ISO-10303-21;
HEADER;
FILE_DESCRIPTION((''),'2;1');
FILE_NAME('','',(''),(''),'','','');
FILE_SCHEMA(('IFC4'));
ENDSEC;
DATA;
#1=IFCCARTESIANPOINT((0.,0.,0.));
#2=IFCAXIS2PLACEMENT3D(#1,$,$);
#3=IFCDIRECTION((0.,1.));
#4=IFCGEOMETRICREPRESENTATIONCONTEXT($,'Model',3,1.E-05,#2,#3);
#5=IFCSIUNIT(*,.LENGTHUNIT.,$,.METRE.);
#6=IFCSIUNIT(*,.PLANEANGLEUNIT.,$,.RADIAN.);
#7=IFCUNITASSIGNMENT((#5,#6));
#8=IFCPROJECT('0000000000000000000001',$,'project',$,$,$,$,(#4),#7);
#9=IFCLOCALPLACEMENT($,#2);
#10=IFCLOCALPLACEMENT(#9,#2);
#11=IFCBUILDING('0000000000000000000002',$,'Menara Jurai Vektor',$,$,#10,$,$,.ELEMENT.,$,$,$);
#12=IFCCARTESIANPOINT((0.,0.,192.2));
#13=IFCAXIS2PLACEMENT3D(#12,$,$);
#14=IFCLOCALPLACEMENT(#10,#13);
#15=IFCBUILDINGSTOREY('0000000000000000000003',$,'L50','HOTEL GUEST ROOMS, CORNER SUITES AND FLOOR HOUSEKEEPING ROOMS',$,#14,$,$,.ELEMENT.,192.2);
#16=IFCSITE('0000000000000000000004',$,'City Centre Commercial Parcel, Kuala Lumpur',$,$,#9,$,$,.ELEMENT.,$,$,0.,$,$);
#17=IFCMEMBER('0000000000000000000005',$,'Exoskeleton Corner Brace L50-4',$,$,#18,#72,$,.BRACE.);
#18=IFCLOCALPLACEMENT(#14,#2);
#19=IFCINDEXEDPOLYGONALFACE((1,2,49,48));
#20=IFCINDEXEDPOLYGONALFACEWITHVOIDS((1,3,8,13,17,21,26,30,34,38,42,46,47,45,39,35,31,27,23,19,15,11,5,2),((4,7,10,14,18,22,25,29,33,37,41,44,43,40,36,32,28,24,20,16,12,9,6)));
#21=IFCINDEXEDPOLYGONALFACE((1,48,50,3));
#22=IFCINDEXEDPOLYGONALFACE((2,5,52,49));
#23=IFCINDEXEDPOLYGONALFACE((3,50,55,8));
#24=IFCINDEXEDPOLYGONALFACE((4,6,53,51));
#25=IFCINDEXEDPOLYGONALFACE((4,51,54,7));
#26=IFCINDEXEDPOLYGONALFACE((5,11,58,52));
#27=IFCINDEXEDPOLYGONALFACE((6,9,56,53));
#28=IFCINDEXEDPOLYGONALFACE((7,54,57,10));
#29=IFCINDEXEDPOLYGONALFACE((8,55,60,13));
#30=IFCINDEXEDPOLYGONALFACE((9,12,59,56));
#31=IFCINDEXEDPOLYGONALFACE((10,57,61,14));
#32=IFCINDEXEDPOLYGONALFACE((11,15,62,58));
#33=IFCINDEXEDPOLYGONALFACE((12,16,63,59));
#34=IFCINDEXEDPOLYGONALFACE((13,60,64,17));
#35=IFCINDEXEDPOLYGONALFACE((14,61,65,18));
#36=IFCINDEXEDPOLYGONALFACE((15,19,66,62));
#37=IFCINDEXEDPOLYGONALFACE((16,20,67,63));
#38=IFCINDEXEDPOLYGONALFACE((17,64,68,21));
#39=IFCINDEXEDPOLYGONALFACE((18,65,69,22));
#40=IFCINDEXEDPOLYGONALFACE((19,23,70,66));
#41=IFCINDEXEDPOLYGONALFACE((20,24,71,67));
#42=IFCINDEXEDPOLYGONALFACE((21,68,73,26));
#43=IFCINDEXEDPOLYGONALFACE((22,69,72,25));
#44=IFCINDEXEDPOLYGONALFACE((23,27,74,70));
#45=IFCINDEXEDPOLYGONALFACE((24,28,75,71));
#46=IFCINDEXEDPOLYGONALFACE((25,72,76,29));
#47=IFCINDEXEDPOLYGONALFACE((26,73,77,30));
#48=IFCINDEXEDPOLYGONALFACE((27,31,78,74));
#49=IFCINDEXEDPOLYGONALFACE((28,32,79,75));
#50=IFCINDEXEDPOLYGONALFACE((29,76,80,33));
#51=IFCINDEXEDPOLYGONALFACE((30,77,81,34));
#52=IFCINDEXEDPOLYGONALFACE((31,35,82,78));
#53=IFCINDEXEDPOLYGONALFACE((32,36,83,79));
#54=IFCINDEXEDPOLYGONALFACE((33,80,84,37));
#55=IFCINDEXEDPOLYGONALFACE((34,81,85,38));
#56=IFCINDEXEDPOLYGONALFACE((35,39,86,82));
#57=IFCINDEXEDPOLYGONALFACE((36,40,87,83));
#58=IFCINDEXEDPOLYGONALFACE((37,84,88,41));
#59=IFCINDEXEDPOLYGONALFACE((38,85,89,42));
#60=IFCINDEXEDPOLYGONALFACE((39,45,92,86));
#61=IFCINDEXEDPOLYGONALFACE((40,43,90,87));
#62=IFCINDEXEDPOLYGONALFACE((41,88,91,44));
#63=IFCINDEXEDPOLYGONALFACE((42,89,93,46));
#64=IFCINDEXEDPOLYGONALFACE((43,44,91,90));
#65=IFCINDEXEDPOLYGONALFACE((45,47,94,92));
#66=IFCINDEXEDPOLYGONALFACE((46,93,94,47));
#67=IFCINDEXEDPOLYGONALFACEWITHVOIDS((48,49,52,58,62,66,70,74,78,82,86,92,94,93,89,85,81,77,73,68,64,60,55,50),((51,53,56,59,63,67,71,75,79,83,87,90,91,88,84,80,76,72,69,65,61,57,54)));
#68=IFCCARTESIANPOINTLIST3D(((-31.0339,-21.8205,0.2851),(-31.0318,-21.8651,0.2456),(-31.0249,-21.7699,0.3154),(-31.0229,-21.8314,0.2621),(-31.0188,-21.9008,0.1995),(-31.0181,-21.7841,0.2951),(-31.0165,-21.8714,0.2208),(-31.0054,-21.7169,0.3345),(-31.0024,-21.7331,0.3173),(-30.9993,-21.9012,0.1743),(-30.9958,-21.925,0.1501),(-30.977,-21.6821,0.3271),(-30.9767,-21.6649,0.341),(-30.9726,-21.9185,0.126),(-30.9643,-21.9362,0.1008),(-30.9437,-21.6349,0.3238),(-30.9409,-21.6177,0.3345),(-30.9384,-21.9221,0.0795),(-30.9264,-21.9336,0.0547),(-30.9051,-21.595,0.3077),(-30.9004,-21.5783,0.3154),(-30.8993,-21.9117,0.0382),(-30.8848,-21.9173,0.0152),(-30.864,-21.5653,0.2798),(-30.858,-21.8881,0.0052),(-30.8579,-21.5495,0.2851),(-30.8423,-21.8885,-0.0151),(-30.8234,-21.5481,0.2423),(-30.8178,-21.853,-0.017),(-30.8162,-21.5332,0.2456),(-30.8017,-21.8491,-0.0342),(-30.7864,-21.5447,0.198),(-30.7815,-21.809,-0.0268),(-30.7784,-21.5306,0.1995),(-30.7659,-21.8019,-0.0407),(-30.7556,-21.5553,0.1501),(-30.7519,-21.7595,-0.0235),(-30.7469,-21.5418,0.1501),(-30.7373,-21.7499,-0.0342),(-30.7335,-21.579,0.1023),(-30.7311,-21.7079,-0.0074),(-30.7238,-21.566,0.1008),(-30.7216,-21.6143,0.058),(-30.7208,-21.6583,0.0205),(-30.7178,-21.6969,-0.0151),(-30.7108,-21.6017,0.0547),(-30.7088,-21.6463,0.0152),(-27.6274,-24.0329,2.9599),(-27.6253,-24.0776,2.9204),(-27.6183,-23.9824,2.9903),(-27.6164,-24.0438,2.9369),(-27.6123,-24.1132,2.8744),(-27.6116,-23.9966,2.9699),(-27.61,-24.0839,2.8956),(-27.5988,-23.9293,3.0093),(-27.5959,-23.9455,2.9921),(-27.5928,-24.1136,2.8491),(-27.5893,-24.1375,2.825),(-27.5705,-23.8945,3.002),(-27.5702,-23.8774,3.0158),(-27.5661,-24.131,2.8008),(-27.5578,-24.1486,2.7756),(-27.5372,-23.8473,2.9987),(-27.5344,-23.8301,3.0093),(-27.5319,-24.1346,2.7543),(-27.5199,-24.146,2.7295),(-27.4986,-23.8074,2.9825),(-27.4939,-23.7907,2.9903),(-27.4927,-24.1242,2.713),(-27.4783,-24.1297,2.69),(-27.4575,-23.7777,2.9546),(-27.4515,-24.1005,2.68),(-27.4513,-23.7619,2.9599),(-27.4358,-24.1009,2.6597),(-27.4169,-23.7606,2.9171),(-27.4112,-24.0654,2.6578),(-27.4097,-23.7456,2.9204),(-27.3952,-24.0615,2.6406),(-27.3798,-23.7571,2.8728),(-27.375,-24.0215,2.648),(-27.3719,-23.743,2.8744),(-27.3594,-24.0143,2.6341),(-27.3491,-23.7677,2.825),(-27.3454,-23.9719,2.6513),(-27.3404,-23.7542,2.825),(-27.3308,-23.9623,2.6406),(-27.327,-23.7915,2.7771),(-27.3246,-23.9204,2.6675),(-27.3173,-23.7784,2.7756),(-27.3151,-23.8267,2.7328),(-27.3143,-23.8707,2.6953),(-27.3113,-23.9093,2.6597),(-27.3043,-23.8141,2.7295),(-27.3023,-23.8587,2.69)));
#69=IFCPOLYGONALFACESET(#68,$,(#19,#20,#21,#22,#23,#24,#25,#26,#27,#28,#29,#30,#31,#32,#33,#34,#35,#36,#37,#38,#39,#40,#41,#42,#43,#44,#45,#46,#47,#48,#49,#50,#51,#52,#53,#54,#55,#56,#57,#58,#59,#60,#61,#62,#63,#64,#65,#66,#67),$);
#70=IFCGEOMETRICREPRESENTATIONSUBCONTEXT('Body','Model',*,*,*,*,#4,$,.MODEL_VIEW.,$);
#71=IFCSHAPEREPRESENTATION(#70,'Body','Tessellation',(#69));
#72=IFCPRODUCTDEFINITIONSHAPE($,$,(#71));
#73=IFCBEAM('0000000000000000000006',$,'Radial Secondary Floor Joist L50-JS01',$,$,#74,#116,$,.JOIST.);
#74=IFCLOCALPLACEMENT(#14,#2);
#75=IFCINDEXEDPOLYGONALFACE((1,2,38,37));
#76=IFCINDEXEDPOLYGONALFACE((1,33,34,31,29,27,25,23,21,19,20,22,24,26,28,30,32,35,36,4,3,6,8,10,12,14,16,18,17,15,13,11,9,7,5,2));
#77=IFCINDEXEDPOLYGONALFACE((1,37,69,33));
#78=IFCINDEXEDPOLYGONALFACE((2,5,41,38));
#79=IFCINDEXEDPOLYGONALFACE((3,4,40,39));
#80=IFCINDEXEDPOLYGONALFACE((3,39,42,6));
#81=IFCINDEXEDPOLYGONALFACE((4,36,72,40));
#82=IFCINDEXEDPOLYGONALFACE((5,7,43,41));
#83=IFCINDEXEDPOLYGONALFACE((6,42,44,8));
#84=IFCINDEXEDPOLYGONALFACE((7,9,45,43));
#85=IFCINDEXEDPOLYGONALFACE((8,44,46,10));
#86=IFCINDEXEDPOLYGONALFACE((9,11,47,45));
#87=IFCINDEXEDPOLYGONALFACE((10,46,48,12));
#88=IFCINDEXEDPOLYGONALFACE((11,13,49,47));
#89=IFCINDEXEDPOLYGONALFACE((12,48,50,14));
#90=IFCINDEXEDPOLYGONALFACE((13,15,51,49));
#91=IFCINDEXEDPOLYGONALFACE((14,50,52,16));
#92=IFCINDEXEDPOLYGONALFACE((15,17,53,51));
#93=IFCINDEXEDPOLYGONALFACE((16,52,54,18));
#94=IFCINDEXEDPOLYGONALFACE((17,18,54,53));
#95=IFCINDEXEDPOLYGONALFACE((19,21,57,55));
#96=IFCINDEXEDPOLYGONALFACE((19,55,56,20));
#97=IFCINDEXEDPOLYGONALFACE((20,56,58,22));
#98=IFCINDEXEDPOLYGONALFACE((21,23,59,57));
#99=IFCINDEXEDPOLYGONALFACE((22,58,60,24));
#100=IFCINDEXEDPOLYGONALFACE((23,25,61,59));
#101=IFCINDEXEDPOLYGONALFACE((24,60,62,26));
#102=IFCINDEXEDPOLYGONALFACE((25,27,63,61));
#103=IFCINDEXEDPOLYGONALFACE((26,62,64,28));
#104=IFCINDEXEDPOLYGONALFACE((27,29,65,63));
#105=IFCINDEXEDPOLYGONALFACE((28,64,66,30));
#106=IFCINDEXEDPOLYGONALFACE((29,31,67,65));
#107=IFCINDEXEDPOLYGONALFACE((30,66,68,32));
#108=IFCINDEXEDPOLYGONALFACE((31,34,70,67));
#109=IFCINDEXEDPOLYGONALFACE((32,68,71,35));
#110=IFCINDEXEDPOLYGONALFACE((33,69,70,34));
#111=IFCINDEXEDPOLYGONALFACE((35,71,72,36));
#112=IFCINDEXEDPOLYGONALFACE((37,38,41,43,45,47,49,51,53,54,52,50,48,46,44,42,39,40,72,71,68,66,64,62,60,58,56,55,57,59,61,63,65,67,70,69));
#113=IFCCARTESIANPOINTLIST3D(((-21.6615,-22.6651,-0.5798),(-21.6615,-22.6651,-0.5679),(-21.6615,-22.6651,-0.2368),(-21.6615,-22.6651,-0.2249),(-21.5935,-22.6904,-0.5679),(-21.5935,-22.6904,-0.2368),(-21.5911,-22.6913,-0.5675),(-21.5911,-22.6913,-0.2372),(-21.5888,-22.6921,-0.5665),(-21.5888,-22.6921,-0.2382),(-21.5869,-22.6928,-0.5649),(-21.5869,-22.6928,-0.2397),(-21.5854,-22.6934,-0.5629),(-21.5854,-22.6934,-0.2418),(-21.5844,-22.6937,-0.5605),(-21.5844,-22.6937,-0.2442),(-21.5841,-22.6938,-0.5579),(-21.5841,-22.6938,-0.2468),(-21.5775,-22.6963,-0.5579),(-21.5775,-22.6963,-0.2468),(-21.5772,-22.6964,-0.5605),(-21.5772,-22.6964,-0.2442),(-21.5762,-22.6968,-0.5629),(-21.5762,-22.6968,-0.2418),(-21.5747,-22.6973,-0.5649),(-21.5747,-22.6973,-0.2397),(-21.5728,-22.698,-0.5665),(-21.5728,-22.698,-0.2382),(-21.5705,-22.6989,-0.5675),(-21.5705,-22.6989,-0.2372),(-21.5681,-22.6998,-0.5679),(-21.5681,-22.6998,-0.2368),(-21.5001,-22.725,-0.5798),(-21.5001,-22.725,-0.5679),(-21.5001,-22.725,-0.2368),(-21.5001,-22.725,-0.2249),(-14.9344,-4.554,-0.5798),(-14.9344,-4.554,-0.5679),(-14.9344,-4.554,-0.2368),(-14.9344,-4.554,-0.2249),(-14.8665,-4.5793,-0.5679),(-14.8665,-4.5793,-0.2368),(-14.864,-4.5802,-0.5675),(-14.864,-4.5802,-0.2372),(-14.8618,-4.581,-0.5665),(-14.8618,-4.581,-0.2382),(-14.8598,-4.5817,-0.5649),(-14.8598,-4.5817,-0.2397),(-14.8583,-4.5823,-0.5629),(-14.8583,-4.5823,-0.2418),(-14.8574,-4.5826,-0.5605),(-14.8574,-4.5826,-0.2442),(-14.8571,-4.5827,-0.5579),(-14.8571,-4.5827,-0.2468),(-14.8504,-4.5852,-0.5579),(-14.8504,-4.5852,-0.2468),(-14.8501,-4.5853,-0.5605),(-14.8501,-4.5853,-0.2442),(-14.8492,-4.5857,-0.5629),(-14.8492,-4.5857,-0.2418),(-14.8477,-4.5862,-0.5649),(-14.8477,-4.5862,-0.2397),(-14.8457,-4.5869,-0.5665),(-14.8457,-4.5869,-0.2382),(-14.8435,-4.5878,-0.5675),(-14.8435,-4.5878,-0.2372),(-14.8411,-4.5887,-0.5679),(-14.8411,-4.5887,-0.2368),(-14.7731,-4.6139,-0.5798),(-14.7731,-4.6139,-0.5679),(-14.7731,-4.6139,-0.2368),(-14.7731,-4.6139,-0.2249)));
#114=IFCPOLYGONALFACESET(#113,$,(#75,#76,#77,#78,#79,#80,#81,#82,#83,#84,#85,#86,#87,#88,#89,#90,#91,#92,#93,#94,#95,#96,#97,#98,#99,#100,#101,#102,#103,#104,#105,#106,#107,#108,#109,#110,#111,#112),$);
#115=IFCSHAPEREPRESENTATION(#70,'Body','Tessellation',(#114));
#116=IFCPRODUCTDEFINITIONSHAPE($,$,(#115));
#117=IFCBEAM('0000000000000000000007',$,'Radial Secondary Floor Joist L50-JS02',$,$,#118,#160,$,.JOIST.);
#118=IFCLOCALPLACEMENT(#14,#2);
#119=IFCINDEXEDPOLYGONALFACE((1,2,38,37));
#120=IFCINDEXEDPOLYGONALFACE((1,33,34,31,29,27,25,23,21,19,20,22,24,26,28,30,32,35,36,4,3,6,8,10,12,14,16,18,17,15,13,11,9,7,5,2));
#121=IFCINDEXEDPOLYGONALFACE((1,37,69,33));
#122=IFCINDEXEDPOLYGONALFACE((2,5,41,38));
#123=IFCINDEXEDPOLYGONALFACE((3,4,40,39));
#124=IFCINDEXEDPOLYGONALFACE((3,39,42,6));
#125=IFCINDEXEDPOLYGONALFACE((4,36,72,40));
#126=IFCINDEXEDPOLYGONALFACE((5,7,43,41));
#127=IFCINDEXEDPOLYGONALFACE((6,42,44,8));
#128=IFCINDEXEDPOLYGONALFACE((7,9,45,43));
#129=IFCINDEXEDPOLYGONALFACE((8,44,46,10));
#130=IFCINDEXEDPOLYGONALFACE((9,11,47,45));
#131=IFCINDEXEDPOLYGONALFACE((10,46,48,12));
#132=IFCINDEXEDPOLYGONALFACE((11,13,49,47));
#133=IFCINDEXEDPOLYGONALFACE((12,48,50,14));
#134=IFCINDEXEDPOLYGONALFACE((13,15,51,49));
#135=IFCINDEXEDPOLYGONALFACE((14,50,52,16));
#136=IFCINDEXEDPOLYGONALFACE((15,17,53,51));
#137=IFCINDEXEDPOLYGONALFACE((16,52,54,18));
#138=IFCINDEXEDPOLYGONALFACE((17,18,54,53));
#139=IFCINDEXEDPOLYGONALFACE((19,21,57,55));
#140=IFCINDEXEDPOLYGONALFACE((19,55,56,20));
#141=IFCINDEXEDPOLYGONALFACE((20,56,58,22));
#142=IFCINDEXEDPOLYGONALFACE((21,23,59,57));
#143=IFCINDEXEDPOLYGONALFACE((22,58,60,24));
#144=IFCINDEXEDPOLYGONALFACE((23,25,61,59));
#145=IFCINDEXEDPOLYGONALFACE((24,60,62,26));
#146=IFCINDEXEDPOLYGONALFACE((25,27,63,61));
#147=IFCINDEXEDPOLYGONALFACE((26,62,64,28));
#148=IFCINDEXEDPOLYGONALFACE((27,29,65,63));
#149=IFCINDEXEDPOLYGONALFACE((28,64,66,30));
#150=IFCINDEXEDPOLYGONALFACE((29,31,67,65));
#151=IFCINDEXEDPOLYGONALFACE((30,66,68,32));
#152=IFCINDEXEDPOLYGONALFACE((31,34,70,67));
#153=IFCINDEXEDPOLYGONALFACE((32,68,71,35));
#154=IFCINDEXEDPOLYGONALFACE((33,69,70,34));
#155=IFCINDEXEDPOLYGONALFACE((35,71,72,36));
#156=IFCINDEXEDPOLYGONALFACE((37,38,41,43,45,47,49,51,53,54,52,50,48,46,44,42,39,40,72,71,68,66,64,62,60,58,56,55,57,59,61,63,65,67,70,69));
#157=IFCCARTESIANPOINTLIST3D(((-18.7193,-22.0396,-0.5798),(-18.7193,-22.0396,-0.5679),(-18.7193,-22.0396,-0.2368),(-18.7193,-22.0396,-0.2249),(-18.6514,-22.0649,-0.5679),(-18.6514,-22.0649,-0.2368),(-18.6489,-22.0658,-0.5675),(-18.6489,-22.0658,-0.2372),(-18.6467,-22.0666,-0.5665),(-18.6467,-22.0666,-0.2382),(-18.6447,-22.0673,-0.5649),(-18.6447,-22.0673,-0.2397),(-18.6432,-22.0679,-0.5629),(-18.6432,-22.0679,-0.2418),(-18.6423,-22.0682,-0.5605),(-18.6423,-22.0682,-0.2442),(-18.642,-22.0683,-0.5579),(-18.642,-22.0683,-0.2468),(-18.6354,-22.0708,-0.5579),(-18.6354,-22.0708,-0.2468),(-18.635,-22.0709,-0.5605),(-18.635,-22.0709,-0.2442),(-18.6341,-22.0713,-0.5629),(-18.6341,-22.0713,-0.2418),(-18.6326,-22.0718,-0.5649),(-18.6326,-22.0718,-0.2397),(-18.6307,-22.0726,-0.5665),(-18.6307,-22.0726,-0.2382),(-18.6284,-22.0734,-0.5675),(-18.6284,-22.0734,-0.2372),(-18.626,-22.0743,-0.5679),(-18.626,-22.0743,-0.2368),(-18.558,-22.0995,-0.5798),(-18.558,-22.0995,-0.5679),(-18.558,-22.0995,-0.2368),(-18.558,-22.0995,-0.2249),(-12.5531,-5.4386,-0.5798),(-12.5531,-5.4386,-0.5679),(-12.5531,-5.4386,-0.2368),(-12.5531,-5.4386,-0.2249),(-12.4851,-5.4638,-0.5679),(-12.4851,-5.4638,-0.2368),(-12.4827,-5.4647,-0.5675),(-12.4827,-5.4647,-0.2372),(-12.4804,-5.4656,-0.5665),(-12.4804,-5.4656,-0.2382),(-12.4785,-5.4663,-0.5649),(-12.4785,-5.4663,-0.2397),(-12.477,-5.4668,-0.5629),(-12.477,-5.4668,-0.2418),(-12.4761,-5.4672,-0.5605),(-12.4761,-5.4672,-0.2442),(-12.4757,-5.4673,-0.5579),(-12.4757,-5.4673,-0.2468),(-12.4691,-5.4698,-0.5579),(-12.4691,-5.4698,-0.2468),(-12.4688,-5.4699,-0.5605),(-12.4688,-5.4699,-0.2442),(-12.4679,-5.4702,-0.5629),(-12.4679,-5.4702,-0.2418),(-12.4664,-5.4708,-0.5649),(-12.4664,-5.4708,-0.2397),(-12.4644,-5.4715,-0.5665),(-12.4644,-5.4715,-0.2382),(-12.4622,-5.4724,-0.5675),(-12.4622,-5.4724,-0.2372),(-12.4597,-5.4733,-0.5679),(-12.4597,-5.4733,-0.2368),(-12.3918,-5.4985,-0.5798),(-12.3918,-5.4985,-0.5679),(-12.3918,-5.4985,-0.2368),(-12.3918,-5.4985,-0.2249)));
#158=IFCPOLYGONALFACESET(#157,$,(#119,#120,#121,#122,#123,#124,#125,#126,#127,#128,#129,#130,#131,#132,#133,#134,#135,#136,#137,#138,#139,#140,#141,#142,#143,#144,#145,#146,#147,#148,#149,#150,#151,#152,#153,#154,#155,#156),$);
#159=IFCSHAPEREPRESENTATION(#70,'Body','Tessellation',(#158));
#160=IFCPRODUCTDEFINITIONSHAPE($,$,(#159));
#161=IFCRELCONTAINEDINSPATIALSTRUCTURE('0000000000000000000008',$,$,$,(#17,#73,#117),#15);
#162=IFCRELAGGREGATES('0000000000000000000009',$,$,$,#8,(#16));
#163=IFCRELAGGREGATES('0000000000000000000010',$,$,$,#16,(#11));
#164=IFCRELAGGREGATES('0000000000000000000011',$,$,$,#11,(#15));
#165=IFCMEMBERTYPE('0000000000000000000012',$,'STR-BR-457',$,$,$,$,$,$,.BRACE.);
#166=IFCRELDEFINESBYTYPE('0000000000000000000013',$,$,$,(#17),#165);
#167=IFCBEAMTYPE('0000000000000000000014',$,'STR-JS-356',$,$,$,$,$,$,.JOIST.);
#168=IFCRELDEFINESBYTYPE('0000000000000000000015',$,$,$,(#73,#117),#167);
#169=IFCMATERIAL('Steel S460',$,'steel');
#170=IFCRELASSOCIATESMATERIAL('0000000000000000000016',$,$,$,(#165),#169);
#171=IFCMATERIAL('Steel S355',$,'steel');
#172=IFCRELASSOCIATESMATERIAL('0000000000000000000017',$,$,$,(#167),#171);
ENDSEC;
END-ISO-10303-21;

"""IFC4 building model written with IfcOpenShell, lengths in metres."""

from ifc_helpers import new_model, si_unit, direction, frame, origin, origin_2d, place, context, subcontext, project, spatial, hollow_circle, i_section, extrude, material, material_profile, profile_set, type_object, element, save


model = new_model("IFC4")

# Units and contexts
model_context = context("Model", 3, precision=1e-05, world=origin(), true_north=direction((0.0, 1.0)))
body_context = subcontext(model_context, "Body", "Model", "MODEL_VIEW")
ifc_project = project(units=[si_unit("LENGTHUNIT", "METRE"), si_unit("PLANEANGLEUNIT", "RADIAN")], contexts=[model_context])

# Site, building, storey
site_placement = place(None, origin())
site = spatial("IfcSite", under=ifc_project, at=site_placement, Name="City Centre Commercial Parcel, Kuala Lumpur", CompositionType="ELEMENT", RefElevation=0.0)
building_placement = place(site_placement, origin())
building = spatial("IfcBuilding", under=site, at=building_placement, Name="Menara Jurai Vektor", CompositionType="ELEMENT")
storey_placement = place(building_placement, frame((0.0, 0.0, 192.2)))
storey = spatial("IfcBuildingStorey", under=building, at=storey_placement, Name="L50", Description="HOTEL GUEST ROOMS, CORNER SUITES AND FLOOR HOUSEKEEPING ROOMS", CompositionType="ELEMENT", Elevation=192.2)

# Shared definitions
ifc_material_1 = material(Name="Steel S460", Category="steel")

# Shared definitions
ifc_material_2 = material(Name="Steel S355", Category="steel")

# Member
ifc_material_profile_1 = material_profile(ifc_material_1, hollow_circle(Radius=0.2285, WallThickness=0.0161, at=origin_2d()), Name="CHS 457x16")
ifc_profile_set_1 = profile_set([ifc_material_profile_1], Name="Steel S460")
member_type_1 = type_object("IfcMemberType", Name="STR-BR-457", PredefinedType="BRACE", material=ifc_profile_set_1)
member_1_placement = place(storey_placement, frame((-30.8713, -21.7334, 0.1501), z_axis=(0.700422, -0.4549, 0.549977), x_axis=(0.544674, 0.838648, 0.0)))
element("IfcMember", 1, at=member_1_placement, inside=storey, type_object=member_type_1, Name="Exoskeleton Corner Brace L50-4", PredefinedType="BRACE", context=body_context, shape_type="SweptSolid", body=[
    extrude(hollow_circle(Radius=0.2285, WallThickness=0.0161, at=origin_2d()), origin(), (0.0, 0.0, 1.0), 4.8635),
])

# Beams
ifc_material_profile_2 = material_profile(ifc_material_2, i_section(OverallWidth=0.1721, OverallDepth=0.355, WebThickness=0.0071, FlangeThickness=0.012, FilletRadius=0.01, at=origin_2d()), Name="UKB 356x171x51")
ifc_profile_set_2 = profile_set([ifc_material_profile_2], Name="Steel S355")
beam_type_1 = type_object("IfcBeamType", Name="STR-JS-356", PredefinedType="JOIST", material=ifc_profile_set_2)
beam_1_placement = place(storey_placement, frame((-21.5808, -22.6951, -0.4023), z_axis=(0.34819, 0.937424, 0.0), x_axis=(-0.937424, 0.34819, 0.0)))
element("IfcBeam", 2, at=beam_1_placement, inside=storey, type_object=beam_type_1, Name="Radial Secondary Floor Joist L50-JS01", PredefinedType="JOIST", context=body_context, shape_type="SweptSolid", body=[
    extrude(i_section(OverallWidth=0.1721, OverallDepth=0.355, WebThickness=0.0071, FlangeThickness=0.012, FilletRadius=0.01, at=origin_2d()), origin(), (0.0, 0.0, 1.0), 19.3201),
])
beam_2_placement = place(storey_placement, frame((-18.6387, -22.0696, -0.4023), z_axis=(0.348194, 0.937423, 0.0), x_axis=(-0.937423, 0.348194, 0.0)))
element("IfcBeam", 3, at=beam_2_placement, inside=storey, type_object=beam_type_1, Name="Radial Secondary Floor Joist L50-JS02", PredefinedType="JOIST", context=body_context, shape_type="SweptSolid", body=[
    extrude(i_section(OverallWidth=0.1721, OverallDepth=0.355, WebThickness=0.0071, FlangeThickness=0.012, FilletRadius=0.01, at=origin_2d()), origin(), (0.0, 0.0, 1.0), 17.7092),
])

save(model, "model.ifc")
